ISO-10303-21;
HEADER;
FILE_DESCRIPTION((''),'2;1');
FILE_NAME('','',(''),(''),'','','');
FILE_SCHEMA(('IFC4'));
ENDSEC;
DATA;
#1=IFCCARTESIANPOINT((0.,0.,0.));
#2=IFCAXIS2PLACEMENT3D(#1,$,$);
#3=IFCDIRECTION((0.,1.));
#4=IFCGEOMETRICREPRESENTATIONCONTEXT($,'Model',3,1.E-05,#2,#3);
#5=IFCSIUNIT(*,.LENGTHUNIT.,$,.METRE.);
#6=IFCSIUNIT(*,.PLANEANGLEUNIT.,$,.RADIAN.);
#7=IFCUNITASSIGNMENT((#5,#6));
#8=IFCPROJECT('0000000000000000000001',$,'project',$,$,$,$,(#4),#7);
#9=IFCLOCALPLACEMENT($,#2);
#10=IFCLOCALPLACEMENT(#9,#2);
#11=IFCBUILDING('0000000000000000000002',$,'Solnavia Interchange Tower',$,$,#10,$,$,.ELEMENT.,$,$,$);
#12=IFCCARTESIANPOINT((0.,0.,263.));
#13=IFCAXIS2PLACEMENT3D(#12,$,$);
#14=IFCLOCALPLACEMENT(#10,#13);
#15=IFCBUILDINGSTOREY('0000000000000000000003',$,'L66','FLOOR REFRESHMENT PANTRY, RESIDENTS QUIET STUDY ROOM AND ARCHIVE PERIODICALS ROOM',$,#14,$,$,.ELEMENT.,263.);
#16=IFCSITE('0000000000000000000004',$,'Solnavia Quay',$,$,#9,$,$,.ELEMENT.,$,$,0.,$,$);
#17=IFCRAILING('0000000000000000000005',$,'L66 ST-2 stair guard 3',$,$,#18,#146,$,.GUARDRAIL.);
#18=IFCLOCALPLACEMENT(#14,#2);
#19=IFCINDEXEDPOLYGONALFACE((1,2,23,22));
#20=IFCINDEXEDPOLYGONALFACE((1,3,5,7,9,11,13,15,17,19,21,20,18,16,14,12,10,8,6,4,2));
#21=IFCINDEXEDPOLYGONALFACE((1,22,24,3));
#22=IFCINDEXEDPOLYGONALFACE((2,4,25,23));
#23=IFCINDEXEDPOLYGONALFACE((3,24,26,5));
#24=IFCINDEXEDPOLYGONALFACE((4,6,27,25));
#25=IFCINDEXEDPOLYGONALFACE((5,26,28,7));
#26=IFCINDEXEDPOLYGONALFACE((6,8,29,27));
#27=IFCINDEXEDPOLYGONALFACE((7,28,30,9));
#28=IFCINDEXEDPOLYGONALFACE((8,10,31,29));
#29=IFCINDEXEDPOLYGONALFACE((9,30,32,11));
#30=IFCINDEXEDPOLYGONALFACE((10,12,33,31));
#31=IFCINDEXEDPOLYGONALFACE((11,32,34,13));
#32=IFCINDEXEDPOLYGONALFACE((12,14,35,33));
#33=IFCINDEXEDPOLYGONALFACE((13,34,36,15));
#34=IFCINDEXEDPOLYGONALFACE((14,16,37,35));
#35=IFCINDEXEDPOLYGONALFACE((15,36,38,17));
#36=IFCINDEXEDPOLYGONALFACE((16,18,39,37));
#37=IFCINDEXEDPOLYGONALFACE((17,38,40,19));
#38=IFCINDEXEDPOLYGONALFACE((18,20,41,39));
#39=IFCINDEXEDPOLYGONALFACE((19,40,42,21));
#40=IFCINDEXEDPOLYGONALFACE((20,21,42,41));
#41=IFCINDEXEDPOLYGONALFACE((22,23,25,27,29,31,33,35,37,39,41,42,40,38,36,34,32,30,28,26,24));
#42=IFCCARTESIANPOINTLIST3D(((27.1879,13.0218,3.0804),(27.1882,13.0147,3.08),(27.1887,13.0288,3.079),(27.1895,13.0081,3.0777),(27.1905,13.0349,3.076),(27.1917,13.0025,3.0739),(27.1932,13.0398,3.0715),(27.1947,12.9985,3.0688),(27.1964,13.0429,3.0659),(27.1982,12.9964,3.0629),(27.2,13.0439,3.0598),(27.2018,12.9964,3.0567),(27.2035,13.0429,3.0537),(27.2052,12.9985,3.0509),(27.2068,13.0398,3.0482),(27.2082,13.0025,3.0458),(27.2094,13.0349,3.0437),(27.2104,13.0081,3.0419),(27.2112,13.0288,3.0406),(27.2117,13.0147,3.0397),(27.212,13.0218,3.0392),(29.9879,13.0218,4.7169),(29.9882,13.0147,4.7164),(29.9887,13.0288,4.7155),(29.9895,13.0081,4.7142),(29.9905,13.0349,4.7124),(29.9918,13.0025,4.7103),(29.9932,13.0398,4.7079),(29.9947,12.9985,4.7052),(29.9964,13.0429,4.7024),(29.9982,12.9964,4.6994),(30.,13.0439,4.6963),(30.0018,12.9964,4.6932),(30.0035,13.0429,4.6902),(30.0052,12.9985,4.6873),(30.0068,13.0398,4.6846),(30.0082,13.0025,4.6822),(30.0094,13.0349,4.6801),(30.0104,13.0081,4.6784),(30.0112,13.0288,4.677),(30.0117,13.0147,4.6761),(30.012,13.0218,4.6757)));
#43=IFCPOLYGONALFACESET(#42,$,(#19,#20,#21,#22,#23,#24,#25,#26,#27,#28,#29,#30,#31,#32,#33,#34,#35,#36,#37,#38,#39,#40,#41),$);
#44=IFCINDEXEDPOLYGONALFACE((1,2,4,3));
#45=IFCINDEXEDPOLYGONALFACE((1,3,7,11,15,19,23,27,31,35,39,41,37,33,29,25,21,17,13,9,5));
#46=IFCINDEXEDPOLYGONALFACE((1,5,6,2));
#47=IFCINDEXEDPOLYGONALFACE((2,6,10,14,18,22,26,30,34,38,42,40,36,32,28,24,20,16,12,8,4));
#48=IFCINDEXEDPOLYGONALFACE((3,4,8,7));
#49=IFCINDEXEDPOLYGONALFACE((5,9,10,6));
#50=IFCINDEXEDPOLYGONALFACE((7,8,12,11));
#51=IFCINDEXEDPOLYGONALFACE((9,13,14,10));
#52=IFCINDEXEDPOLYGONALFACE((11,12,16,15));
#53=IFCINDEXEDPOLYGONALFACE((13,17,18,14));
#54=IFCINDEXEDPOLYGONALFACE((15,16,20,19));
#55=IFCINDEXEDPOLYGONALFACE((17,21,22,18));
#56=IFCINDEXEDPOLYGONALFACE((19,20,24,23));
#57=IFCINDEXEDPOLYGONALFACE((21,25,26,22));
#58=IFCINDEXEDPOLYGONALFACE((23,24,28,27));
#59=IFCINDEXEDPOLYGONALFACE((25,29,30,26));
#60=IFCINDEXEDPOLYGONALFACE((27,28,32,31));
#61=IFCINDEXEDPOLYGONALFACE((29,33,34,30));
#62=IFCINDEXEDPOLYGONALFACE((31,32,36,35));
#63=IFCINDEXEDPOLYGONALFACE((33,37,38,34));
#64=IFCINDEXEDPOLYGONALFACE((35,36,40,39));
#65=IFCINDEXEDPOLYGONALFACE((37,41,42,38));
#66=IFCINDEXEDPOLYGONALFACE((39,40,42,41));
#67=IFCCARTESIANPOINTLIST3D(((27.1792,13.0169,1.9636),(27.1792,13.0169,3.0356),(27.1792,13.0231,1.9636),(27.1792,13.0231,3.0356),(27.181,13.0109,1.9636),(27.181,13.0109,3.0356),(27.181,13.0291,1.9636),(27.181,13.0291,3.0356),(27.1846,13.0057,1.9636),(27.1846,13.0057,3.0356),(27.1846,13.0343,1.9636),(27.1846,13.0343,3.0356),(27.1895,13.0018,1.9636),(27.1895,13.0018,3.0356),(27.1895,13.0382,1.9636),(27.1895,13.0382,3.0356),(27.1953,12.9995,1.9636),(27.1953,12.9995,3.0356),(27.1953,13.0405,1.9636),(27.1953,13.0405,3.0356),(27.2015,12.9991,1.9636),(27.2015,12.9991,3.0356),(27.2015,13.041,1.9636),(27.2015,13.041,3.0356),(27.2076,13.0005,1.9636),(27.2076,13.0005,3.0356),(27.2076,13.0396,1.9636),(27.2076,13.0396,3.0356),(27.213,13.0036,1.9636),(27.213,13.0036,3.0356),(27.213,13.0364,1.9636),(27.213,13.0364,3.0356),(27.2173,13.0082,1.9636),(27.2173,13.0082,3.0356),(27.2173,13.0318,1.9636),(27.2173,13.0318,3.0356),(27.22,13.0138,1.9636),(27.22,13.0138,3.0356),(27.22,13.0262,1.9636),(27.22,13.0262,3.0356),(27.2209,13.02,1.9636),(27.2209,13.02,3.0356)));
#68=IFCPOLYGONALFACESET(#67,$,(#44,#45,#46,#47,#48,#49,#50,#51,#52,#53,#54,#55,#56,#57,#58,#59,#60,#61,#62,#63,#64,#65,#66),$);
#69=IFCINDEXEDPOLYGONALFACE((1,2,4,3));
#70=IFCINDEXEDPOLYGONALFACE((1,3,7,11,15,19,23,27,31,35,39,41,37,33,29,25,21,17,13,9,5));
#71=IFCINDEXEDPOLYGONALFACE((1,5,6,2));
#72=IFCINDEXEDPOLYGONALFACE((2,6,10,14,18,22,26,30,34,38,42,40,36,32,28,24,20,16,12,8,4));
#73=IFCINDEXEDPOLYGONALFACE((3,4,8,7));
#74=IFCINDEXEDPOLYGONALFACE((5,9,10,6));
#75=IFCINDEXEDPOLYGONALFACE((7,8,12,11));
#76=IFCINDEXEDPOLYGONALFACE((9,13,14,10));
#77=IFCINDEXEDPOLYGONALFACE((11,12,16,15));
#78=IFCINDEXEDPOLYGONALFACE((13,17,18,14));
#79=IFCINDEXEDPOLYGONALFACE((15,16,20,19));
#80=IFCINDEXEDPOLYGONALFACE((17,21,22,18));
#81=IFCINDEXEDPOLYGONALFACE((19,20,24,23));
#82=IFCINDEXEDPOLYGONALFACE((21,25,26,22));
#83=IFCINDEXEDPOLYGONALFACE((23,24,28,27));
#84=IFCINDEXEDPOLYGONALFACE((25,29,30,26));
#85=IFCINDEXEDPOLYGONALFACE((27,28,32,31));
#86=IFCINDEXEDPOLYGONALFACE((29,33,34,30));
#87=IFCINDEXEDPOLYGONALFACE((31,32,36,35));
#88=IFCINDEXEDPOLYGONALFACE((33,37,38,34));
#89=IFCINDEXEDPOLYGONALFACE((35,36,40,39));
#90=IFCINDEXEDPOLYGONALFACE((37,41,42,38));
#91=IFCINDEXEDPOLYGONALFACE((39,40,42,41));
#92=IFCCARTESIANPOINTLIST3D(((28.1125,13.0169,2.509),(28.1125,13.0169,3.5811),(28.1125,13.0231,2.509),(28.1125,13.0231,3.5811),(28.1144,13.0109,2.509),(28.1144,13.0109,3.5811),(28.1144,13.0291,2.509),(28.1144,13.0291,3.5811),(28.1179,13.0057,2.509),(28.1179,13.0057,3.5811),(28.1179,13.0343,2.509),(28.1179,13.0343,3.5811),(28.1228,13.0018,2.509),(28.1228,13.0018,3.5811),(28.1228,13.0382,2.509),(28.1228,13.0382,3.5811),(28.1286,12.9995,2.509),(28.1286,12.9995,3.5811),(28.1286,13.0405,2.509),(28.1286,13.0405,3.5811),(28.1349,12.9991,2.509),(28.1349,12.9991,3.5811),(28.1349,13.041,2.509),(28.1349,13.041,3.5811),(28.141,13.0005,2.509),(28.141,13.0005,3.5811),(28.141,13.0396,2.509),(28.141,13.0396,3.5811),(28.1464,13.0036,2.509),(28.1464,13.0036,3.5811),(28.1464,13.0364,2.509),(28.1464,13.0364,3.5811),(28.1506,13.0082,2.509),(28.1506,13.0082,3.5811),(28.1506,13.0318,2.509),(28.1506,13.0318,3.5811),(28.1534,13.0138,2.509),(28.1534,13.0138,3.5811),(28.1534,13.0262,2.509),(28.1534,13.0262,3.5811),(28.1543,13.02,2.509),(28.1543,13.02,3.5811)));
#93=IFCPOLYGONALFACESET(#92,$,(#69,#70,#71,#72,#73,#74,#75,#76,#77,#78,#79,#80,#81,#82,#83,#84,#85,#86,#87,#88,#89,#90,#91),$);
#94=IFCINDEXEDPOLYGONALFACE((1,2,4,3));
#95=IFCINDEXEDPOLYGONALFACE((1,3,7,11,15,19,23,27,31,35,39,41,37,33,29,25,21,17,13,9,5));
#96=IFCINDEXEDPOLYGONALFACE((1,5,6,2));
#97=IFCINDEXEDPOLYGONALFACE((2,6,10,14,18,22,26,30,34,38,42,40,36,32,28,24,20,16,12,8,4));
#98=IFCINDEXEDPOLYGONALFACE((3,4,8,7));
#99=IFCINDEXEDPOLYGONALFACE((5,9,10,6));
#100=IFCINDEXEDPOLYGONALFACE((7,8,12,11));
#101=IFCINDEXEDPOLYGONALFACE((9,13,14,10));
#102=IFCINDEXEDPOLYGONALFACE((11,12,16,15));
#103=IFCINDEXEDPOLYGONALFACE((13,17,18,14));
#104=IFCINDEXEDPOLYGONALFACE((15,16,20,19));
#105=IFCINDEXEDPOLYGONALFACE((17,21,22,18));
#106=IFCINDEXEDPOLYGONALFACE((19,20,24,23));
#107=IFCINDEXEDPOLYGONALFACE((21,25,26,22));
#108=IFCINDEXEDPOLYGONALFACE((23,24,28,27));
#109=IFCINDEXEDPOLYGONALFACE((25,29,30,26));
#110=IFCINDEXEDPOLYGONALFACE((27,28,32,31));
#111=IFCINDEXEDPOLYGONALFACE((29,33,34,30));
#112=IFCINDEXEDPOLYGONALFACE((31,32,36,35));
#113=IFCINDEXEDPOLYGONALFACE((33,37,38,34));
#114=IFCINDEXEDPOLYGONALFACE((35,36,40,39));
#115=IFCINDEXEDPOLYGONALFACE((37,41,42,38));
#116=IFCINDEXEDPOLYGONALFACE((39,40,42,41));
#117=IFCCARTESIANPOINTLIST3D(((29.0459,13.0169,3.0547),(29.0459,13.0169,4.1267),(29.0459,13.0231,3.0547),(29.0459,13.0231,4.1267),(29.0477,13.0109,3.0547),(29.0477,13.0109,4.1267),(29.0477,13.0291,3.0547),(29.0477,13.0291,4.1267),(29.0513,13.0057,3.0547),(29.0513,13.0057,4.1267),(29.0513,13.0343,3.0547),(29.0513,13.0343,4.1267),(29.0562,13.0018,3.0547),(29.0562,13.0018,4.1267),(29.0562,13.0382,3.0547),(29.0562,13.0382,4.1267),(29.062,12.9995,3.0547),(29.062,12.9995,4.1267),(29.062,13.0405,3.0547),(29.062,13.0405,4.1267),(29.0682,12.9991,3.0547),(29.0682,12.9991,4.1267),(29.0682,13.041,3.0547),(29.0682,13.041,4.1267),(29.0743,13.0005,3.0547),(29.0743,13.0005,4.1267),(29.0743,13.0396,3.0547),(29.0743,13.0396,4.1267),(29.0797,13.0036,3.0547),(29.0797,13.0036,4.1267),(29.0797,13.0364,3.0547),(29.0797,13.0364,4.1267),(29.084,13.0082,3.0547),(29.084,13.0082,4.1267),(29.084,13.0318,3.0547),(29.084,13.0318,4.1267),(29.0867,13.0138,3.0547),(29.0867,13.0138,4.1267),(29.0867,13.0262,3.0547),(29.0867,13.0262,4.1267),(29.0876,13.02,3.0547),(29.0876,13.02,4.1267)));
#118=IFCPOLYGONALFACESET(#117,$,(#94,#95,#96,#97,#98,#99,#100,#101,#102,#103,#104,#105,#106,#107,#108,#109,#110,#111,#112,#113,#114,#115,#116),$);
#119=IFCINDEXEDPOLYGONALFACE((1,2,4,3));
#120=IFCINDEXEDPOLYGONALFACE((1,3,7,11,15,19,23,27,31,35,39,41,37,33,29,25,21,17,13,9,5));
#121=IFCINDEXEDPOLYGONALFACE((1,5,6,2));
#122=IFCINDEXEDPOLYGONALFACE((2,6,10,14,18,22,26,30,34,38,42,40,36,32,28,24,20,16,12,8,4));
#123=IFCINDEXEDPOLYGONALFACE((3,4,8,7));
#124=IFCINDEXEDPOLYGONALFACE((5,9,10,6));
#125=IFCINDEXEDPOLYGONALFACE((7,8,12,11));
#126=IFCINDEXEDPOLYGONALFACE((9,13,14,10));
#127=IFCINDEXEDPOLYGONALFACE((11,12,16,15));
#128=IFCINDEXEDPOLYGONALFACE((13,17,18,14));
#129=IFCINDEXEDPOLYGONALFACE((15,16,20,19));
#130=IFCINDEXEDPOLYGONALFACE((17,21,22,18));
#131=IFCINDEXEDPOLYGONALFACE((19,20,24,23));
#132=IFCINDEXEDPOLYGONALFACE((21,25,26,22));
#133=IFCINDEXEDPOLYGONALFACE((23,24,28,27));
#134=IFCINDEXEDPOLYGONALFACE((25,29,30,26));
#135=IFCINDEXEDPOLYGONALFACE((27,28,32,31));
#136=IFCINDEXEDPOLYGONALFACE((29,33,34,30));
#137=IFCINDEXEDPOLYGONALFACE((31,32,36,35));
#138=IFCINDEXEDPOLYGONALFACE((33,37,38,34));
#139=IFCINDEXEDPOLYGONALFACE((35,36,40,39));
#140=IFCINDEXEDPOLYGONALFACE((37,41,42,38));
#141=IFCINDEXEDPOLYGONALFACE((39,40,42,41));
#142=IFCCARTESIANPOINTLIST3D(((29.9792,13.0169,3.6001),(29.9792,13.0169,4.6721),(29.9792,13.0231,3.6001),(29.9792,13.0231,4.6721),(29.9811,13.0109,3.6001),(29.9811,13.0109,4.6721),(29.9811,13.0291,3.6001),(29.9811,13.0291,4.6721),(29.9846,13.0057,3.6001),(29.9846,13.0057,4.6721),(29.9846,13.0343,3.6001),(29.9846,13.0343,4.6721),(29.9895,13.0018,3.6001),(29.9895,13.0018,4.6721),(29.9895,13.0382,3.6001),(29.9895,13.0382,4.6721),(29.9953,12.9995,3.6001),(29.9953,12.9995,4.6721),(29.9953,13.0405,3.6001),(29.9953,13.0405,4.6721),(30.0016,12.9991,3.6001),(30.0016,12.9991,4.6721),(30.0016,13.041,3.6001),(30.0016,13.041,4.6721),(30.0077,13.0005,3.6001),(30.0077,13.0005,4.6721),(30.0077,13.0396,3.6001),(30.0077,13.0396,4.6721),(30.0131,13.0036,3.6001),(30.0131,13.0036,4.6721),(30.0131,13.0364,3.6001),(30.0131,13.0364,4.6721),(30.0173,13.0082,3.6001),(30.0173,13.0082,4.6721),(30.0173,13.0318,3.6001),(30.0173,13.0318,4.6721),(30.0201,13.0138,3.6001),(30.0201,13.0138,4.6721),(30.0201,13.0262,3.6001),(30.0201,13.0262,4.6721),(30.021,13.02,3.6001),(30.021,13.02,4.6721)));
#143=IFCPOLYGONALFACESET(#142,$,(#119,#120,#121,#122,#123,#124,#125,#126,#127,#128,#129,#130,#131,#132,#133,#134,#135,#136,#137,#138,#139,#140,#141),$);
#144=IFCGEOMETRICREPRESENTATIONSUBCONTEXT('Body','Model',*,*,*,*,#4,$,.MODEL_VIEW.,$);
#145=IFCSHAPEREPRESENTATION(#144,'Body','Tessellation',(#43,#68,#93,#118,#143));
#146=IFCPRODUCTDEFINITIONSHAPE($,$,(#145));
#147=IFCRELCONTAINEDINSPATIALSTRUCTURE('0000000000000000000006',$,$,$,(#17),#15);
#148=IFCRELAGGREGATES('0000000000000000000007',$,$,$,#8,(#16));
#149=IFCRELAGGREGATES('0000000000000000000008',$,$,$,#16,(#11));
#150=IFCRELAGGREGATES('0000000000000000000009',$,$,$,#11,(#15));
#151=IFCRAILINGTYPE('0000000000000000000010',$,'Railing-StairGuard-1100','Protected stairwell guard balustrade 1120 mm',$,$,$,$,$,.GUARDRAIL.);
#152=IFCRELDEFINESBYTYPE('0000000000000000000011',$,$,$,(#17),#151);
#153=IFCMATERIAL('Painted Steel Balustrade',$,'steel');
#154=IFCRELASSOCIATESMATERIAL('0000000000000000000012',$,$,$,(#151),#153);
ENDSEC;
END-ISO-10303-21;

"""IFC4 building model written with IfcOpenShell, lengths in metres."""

from ifc_helpers import new_model, si_unit, direction, frame, origin, origin_2d, place, context, subcontext, project, spatial, circle, extrude, material, type_object, element, save


model = new_model("IFC4")

# Units and contexts
model_context = context("Model", 3, precision=1e-05, world=origin(), true_north=direction((0.0, 1.0)))
body_context = subcontext(model_context, "Body", "Model", "MODEL_VIEW")
ifc_project = project(units=[si_unit("LENGTHUNIT", "METRE"), si_unit("PLANEANGLEUNIT", "RADIAN")], contexts=[model_context])

# Site, building, storey
site_placement = place(None, origin())
site = spatial("IfcSite", under=ifc_project, at=site_placement, Name="Solnavia Quay", CompositionType="ELEMENT", RefElevation=0.0)
building_placement = place(site_placement, origin())
building = spatial("IfcBuilding", under=site, at=building_placement, Name="Solnavia Interchange Tower", CompositionType="ELEMENT")
storey_placement = place(building_placement, frame((0.0, 0.0, 263.0)))
storey = spatial("IfcBuildingStorey", under=building, at=storey_placement, Name="L66", Description="FLOOR REFRESHMENT PANTRY, RESIDENTS QUIET STUDY ROOM AND ARCHIVE PERIODICALS ROOM", CompositionType="ELEMENT", Elevation=263.0)

# Railing
ifc_material_1 = material(Name="Painted Steel Balustrade", Category="steel")
railing_type_1 = type_object("IfcRailingType", Name="Railing-StairGuard-1100", Description="Protected stairwell guard balustrade 1120 mm", PredefinedType="GUARDRAIL", material=ifc_material_1)
railing_1_placement = place(storey_placement, frame((27.2, 13.02, 1.9636)))
element("IfcRailing", 1, at=railing_1_placement, inside=storey, type_object=railing_type_1, Name="L66 ST-2 stair guard 3", PredefinedType="GUARDRAIL", context=body_context, shape_type="SweptSolid", body=[
    extrude(circle(Radius=0.0239, at=origin_2d()), frame((0.0, 0.0, 1.0962), z_axis=(0.863361, 0.0, 0.504587), x_axis=(0.0, 1.0, 0.0)), (0.0, 0.0, 1.0), 3.2432),
    extrude(circle(Radius=0.021, at=origin_2d()), origin(), (0.0, 0.0, 1.0), 1.072),
    extrude(circle(Radius=0.021, at=origin_2d()), frame((0.9333, 0.0, 0.5454)), (0.0, 0.0, 1.0), 1.072),
    extrude(circle(Radius=0.021, at=origin_2d()), frame((1.8667, 0.0, 1.0911)), (0.0, 0.0, 1.0), 1.072),
    extrude(circle(Radius=0.021, at=origin_2d()), frame((2.8, 0.0, 1.6365)), (0.0, 0.0, 1.0), 1.072),
])

save(model, "model.ifc")
